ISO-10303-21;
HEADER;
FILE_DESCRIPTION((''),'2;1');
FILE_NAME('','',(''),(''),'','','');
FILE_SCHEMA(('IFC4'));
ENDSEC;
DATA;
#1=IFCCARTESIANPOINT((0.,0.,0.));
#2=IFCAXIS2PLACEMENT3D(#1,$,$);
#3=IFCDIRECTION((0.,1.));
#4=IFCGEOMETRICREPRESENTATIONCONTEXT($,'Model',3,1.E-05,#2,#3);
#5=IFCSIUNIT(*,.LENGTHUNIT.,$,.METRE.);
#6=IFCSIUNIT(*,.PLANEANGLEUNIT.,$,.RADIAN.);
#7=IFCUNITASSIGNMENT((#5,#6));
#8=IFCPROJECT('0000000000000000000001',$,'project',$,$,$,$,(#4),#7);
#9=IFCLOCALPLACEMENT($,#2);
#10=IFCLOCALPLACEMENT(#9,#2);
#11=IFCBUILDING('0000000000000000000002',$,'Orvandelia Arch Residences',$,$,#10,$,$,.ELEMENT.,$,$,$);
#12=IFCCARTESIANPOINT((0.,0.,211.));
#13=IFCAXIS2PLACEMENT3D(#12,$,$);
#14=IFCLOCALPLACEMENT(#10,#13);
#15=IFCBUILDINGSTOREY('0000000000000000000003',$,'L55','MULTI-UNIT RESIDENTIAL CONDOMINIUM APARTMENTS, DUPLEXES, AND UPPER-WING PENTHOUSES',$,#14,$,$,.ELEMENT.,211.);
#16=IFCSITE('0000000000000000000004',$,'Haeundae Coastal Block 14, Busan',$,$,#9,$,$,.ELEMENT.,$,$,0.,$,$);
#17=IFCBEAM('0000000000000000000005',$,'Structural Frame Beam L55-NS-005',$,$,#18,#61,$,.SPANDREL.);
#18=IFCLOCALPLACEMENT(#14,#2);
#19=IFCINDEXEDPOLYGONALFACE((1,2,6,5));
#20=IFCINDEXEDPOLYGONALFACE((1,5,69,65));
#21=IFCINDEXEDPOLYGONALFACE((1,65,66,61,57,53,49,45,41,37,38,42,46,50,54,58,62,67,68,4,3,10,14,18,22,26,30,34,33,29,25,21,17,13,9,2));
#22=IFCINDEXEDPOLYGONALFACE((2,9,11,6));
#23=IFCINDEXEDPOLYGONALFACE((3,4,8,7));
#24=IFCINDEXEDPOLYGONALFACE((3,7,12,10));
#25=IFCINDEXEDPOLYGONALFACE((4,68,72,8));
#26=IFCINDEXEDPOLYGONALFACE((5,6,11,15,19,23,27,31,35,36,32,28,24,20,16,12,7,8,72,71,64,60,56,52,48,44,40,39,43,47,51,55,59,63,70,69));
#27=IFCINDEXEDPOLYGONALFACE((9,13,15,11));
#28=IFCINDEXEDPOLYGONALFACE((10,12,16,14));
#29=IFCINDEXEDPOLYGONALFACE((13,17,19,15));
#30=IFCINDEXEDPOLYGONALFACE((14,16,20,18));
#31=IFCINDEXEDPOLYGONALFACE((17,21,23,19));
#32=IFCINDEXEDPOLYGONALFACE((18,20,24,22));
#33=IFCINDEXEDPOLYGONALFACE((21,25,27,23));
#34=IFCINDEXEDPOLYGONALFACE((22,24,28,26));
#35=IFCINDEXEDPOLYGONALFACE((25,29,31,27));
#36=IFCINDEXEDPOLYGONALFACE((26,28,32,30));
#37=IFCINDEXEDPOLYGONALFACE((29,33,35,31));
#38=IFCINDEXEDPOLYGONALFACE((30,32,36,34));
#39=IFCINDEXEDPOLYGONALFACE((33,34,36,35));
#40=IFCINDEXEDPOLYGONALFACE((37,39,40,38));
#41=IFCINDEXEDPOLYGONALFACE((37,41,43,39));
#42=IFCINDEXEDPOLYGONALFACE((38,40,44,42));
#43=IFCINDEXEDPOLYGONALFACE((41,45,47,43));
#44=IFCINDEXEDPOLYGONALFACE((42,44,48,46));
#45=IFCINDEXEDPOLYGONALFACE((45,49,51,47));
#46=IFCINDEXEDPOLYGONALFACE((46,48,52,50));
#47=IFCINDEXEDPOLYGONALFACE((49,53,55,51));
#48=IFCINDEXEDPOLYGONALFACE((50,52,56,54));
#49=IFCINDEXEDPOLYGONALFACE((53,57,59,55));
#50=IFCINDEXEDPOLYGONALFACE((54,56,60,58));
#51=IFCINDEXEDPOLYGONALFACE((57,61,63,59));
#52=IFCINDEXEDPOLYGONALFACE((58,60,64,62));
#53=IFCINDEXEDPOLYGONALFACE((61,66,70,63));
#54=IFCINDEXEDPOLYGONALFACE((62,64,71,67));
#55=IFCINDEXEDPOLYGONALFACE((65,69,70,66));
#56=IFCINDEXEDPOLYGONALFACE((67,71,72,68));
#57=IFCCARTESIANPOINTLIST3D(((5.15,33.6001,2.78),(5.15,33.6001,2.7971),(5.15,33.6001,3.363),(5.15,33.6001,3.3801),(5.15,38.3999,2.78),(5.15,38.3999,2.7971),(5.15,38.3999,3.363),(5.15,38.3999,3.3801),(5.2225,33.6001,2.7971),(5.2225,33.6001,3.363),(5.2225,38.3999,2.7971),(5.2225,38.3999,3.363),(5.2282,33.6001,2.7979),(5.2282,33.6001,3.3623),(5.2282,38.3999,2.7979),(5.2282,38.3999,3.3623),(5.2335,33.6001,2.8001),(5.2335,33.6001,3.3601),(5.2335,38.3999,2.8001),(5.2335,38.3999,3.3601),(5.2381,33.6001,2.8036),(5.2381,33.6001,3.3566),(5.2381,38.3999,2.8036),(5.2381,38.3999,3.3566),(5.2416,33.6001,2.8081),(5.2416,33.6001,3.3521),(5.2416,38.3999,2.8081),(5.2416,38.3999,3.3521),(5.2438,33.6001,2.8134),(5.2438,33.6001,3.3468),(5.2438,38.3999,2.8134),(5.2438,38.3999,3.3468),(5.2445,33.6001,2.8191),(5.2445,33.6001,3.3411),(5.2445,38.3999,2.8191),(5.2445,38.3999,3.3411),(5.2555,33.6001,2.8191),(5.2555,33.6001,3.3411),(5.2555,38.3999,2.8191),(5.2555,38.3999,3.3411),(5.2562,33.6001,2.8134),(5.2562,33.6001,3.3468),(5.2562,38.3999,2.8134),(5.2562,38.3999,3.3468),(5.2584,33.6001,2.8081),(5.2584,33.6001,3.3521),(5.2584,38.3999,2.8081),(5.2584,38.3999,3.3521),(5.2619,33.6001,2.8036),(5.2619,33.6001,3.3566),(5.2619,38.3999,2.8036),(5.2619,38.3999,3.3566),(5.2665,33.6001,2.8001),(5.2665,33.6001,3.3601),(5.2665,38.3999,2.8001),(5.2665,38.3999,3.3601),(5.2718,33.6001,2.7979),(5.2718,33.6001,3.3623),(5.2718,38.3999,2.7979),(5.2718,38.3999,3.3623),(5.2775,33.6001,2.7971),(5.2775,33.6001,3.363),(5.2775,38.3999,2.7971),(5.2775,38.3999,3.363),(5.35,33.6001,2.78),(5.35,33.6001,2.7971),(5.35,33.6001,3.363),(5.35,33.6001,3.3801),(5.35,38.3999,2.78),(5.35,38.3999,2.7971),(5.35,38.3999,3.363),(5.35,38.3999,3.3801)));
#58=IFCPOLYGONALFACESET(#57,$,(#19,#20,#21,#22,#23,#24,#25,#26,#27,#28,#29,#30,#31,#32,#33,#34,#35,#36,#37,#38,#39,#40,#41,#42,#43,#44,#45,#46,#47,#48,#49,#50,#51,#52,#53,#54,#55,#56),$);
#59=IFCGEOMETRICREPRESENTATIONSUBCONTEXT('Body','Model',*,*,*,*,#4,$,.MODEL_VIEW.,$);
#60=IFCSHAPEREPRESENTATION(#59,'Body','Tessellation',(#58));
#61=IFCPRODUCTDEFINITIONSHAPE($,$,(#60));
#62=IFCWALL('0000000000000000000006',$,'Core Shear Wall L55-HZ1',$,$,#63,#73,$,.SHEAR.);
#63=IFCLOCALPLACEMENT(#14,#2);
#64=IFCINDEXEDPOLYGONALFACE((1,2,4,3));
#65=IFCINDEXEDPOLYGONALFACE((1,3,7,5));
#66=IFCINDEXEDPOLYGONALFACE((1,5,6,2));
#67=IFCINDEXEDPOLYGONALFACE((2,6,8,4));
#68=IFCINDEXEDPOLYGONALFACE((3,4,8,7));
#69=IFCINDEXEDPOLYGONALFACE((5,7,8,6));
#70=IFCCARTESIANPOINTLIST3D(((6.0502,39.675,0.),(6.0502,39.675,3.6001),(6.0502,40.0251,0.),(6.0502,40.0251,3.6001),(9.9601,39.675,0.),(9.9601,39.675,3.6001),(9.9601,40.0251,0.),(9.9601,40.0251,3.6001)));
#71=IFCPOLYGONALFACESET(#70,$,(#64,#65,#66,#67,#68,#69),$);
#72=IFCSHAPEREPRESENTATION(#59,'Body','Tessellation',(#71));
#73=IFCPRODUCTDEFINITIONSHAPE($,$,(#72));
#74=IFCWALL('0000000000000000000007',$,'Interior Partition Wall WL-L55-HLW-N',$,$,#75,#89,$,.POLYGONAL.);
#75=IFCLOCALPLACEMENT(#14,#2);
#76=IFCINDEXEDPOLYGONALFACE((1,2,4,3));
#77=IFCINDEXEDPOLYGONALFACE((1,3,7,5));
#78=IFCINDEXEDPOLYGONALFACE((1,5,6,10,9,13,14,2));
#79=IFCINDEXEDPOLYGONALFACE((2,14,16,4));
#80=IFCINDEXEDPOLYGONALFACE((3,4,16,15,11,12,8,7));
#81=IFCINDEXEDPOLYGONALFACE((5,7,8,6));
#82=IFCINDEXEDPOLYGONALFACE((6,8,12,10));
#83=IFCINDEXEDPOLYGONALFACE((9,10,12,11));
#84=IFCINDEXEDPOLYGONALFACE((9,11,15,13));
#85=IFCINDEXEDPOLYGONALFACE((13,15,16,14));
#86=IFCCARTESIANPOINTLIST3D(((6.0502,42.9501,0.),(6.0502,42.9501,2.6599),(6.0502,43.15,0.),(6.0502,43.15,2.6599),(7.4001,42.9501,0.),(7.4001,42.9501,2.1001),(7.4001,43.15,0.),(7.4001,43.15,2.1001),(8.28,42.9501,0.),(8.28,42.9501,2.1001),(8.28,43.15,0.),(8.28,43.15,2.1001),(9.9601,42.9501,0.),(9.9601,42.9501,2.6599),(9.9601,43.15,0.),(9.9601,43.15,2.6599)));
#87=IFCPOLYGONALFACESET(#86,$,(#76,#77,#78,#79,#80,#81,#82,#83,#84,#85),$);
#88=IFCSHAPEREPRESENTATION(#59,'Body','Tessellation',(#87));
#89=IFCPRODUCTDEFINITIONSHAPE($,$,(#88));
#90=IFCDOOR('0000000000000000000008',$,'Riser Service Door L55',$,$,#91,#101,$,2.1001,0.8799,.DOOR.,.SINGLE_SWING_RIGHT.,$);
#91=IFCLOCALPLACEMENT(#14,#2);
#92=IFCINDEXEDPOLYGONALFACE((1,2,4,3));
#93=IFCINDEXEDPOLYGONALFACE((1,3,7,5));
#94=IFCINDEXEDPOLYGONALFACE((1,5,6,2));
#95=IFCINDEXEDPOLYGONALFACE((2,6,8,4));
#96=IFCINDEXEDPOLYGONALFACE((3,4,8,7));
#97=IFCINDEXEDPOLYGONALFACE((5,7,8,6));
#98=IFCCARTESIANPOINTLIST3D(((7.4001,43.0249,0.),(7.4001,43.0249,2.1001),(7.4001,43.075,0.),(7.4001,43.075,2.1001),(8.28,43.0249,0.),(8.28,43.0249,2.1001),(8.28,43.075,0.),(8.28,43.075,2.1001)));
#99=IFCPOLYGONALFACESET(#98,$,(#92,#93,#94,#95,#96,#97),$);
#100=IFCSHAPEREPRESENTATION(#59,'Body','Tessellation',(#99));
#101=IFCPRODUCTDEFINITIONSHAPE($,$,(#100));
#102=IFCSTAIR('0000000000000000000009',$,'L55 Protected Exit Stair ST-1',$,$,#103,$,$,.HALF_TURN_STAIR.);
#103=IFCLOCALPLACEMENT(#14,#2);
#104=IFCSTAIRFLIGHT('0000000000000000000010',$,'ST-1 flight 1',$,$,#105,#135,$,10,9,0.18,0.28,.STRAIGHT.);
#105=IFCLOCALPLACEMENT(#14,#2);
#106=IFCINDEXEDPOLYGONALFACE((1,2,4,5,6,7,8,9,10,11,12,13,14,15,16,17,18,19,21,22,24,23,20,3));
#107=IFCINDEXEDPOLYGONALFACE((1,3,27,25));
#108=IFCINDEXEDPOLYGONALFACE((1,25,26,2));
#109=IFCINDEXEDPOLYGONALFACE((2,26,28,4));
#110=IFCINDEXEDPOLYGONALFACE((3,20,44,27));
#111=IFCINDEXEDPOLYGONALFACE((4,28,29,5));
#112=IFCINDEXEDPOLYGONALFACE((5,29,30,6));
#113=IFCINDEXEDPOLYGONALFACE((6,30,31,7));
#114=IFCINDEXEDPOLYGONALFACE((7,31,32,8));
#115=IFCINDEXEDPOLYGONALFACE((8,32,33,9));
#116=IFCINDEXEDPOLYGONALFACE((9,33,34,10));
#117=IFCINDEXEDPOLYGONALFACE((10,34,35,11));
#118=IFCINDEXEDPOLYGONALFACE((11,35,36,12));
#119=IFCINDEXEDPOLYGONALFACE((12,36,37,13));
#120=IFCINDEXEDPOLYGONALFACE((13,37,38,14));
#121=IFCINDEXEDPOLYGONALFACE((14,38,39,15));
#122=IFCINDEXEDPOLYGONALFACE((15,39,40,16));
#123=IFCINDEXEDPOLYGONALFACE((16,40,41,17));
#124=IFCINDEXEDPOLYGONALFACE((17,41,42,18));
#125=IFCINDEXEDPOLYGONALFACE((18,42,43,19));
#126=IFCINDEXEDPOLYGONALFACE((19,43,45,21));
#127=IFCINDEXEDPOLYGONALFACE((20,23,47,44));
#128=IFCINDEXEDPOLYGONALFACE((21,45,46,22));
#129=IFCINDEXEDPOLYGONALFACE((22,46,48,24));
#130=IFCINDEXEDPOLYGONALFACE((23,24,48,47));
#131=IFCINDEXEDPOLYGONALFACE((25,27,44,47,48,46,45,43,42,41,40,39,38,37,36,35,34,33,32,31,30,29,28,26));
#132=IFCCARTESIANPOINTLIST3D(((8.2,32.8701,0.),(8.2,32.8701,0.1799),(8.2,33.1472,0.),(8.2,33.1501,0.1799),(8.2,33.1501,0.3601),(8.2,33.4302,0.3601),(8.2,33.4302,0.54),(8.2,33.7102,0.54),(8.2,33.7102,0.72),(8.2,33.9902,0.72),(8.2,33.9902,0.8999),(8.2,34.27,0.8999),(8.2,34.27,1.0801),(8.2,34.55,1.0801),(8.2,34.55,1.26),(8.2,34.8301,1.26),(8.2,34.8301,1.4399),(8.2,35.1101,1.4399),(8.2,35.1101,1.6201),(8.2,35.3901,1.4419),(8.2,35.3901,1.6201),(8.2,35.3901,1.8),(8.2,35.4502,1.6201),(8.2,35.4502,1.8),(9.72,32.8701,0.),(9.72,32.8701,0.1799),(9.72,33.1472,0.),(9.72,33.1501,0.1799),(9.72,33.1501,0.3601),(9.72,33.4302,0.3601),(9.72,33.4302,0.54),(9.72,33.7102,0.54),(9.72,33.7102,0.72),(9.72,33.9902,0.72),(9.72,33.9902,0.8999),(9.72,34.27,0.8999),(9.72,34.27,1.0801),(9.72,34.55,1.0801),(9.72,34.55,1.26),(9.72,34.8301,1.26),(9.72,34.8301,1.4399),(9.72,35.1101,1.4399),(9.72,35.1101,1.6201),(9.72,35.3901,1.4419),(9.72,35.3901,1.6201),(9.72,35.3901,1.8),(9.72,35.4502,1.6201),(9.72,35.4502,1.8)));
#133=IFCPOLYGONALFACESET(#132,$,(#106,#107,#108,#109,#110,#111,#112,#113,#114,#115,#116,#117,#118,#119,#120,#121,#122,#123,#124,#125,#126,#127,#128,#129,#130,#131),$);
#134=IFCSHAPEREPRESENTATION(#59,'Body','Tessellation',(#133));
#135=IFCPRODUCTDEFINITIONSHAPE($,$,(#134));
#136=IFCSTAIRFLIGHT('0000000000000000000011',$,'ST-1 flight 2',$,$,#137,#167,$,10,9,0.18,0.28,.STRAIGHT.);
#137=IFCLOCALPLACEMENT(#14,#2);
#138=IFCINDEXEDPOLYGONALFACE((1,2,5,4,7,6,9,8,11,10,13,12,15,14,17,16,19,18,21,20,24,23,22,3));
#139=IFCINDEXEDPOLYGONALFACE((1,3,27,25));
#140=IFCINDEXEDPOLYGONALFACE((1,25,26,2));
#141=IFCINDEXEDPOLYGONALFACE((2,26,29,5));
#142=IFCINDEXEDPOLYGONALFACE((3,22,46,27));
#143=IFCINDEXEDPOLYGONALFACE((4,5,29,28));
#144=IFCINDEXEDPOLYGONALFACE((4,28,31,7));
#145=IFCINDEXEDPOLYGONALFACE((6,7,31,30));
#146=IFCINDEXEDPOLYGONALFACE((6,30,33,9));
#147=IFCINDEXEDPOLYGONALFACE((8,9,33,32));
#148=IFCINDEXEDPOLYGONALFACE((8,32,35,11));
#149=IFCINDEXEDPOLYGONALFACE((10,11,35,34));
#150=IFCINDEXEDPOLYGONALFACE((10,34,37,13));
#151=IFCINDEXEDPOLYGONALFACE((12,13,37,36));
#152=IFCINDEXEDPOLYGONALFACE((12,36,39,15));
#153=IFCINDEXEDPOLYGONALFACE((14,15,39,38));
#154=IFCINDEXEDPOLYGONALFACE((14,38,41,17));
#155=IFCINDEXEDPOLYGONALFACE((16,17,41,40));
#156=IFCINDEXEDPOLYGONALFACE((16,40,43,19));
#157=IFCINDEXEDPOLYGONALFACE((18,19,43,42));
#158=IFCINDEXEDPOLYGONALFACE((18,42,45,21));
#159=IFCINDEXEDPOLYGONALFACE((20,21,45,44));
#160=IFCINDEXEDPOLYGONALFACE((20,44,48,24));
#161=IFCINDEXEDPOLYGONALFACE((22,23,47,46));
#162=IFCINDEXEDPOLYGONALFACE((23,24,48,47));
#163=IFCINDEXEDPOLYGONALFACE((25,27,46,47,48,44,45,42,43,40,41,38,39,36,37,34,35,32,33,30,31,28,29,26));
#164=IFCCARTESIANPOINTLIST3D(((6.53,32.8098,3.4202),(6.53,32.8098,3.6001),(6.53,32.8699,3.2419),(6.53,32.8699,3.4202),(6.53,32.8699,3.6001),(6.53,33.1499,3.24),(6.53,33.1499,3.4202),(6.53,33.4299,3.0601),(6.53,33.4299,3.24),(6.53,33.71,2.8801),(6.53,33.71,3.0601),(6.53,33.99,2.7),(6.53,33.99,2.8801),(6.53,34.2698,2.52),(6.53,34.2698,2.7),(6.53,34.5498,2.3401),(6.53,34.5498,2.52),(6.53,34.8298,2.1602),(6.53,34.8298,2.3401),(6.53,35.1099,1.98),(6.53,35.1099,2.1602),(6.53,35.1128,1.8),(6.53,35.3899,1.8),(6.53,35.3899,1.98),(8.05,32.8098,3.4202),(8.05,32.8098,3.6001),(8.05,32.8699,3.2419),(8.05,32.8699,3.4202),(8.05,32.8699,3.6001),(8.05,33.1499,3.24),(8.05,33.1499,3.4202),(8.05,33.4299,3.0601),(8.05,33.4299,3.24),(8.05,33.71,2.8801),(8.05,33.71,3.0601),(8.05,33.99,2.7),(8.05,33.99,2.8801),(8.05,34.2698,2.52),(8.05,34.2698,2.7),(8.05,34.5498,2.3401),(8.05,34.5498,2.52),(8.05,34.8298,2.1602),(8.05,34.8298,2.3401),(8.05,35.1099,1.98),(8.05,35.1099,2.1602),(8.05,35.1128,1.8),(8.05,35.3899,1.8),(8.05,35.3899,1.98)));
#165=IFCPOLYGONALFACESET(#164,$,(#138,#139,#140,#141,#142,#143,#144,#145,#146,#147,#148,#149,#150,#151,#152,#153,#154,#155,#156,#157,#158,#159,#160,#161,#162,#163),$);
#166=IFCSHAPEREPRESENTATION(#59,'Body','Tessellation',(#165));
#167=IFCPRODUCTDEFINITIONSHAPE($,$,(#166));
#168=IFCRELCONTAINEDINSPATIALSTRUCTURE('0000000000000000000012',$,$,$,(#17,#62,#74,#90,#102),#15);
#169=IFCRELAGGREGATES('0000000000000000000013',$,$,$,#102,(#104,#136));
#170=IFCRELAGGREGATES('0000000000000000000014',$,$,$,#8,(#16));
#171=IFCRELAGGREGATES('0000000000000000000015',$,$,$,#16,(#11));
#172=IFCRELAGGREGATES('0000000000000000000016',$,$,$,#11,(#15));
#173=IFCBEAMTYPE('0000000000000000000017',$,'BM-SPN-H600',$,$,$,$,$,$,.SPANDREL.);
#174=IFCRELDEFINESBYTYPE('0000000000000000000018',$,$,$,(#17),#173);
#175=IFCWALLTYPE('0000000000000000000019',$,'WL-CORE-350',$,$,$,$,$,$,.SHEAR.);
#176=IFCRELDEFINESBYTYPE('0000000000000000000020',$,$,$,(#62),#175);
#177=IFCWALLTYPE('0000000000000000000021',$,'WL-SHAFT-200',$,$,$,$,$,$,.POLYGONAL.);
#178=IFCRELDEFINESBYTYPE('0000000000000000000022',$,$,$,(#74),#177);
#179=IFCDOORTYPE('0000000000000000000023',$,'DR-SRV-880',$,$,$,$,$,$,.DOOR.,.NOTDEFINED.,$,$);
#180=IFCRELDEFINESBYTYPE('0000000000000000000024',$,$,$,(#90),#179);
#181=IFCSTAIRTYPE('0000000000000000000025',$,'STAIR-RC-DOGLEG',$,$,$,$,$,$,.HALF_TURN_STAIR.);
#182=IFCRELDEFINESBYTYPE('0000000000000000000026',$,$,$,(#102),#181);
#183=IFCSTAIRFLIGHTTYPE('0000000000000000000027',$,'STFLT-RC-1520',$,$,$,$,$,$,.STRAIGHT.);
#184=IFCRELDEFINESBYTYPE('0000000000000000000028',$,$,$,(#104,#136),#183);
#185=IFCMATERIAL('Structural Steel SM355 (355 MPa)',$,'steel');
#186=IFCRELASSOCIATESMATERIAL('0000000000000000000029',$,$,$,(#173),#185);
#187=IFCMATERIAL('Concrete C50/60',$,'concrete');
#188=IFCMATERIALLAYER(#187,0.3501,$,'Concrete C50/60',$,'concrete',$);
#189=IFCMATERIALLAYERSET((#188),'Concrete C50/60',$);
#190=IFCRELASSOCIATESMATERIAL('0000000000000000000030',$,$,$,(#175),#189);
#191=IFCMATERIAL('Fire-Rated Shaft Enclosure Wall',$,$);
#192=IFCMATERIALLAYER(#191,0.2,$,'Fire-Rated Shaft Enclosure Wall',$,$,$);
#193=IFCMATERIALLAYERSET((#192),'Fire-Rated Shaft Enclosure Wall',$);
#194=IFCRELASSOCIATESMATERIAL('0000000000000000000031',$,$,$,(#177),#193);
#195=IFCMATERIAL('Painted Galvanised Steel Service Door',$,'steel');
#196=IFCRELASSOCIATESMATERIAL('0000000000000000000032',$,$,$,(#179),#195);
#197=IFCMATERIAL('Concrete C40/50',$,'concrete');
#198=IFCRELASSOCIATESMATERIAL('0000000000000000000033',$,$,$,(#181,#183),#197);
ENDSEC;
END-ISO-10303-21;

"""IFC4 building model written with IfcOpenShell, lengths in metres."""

from ifc_helpers import new_model, si_unit, direction, frame, frame_2d, origin, origin_2d, place, context, subcontext, project, spatial, polyline, rectangle, i_section, outline, extrude, material, layer, layer_set, material_profile, profile_set, type_object, element, fill, aggregate, save


model = new_model("IFC4")

# Units and contexts
model_context = context("Model", 3, precision=1e-05, world=origin(), true_north=direction((0.0, 1.0)))
body_context = subcontext(model_context, "Body", "Model", "MODEL_VIEW")
ifc_project = project(units=[si_unit("LENGTHUNIT", "METRE"), si_unit("PLANEANGLEUNIT", "RADIAN")], contexts=[model_context])

# Site, building, storey
site_placement = place(None, origin())
site = spatial("IfcSite", under=ifc_project, at=site_placement, Name="Haeundae Coastal Block 14, Busan", CompositionType="ELEMENT", RefElevation=0.0)
building_placement = place(site_placement, origin())
building = spatial("IfcBuilding", under=site, at=building_placement, Name="Orvandelia Arch Residences", CompositionType="ELEMENT")
storey_placement = place(building_placement, frame((0.0, 0.0, 211.0)))
storey = spatial("IfcBuildingStorey", under=building, at=storey_placement, Name="L55", Description="MULTI-UNIT RESIDENTIAL CONDOMINIUM APARTMENTS, DUPLEXES, AND UPPER-WING PENTHOUSES", CompositionType="ELEMENT", Elevation=211.0)

# Beam
ifc_material_1 = material(Name="Structural Steel SM355 (355 MPa)", Category="steel")
ifc_material_profile_1 = material_profile(ifc_material_1, i_section(OverallWidth=0.2, OverallDepth=0.6001, WebThickness=0.011, FlangeThickness=0.0171, FilletRadius=0.022, at=origin_2d()), Name="Structural Steel SM355 (355 MPa)", Category="steel")
ifc_profile_set_1 = profile_set([ifc_material_profile_1], Name="Structural Steel SM355 (355 MPa)")
beam_type_1 = type_object("IfcBeamType", Name="BM-SPN-H600", PredefinedType="SPANDREL", material=ifc_profile_set_1)
beam_1_placement = place(storey_placement, frame((5.25, 33.6001, 3.0801), z_axis=(0.0, 1.0, 0.0), x_axis=(-1.0, 0.0, 0.0)))
element("IfcBeam", 1, at=beam_1_placement, inside=storey, type_object=beam_type_1, Name="Structural Frame Beam L55-NS-005", PredefinedType="SPANDREL", context=body_context, shape_type="SweptSolid", body=[
    extrude(i_section(OverallWidth=0.2, OverallDepth=0.6001, WebThickness=0.011, FlangeThickness=0.0171, FilletRadius=0.022, at=origin_2d()), origin(), (0.0, 0.0, 1.0), 4.7998),
])

# Wall
ifc_material_2 = material(Name="Concrete C50/60", Category="concrete")
ifc_layer_1 = layer(ifc_material_2, 0.3501, Name="Concrete C50/60", Category="concrete")
ifc_layer_set_1 = layer_set([ifc_layer_1], Name="Concrete C50/60")
wall_type_1 = type_object("IfcWallType", Name="WL-CORE-350", PredefinedType="SHEAR", material=ifc_layer_set_1)
wall_1_placement = place(storey_placement, frame((6.05, 39.8501, 0.0), z_axis=(0.0, 0.0, 1.0), x_axis=(1.0, 0.0, 0.0)))
element("IfcWall", 2, at=wall_1_placement, inside=storey, type_object=wall_type_1, Name="Core Shear Wall L55-HZ1", PredefinedType="SHEAR", context=body_context, shape_type="SweptSolid", body=[
    extrude(rectangle(XDim=3.9099, YDim=0.3501, at=frame_2d((1.9551, 0.0))), origin(), (0.0, 0.0, 1.0), 3.6001),
])

# Wall, opening, door
ifc_material_3 = material(Name="Fire-Rated Shaft Enclosure Wall")
ifc_layer_2 = layer(ifc_material_3, 0.2, Name="Fire-Rated Shaft Enclosure Wall")
ifc_layer_set_2 = layer_set([ifc_layer_2], Name="Fire-Rated Shaft Enclosure Wall")
wall_type_2 = type_object("IfcWallType", Name="WL-SHAFT-200", PredefinedType="POLYGONAL", material=ifc_layer_set_2)
wall_2_placement = place(storey_placement, frame((6.05, 43.05, 0.0), z_axis=(0.0, 0.0, 1.0), x_axis=(1.0, 0.0, 0.0)))
wall_2 = element("IfcWall", 3, at=wall_2_placement, inside=storey, type_object=wall_type_2, Name="Interior Partition Wall WL-L55-HLW-N", PredefinedType="POLYGONAL", context=body_context, shape_type="SweptSolid", body=[
    extrude(rectangle(XDim=3.9099, YDim=0.2, at=frame_2d((1.9551, 0.0))), origin(), (0.0, 0.0, 1.0), 2.6599),
])
opening_placement = place(wall_2_placement, frame((1.3501, 0.0, 0.0)))
opening = element("IfcOpeningElement", 4, at=opening_placement, cuts=wall_2, PredefinedType="OPENING", context=body_context, shape_type="SweptSolid", body=[
    extrude(rectangle(XDim=0.8799, YDim=2.1001, at=frame_2d((0.4399, 1.05))), frame((0.0, 0.1099, 0.0), z_axis=(0.0, -1.0, 0.0), x_axis=(1.0, 0.0, 0.0)), (0.0, 0.0, 1.0), 0.22),
])
ifc_material_4 = material(Name="Painted Galvanised Steel Service Door", Category="steel")
door_type = type_object("IfcDoorType", Name="DR-SRV-880", OperationType="NOTDEFINED", PredefinedType="DOOR", material=ifc_material_4)
door_placement = place(opening_placement, origin())
door = element("IfcDoor", 5, at=door_placement, inside=storey, type_object=door_type, Name="Riser Service Door L55", OperationType="SINGLE_SWING_RIGHT", OverallHeight=2.1001, OverallWidth=0.8799, PredefinedType="DOOR", context=body_context, shape_type="SweptSolid", body=[
    extrude(rectangle(XDim=0.8799, YDim=2.1001, at=frame_2d((0.4399, 1.05))), frame((0.0, 0.0249, 0.0), z_axis=(0.0, -1.0, 0.0), x_axis=(1.0, 0.0, 0.0)), (0.0, 0.0, 1.0), 0.05),
])
fill(opening, door)

# Stair, stair flights
ifc_material_5 = material(Name="Concrete C40/50", Category="concrete")
stair_type = type_object("IfcStairType", Name="STAIR-RC-DOGLEG", PredefinedType="HALF_TURN_STAIR", material=ifc_material_5)
stair_placement = place(storey_placement, origin())
stair = element("IfcStair", 6, at=stair_placement, inside=storey, type_object=stair_type, Name="L55 Protected Exit Stair ST-1", PredefinedType="HALF_TURN_STAIR")
stair_flight_type = type_object("IfcStairFlightType", Name="STFLT-RC-1520", PredefinedType="STRAIGHT", material=ifc_material_5)
stair_flight_1_placement = place(storey_placement, frame((8.96, 32.8701, 0.0), z_axis=(0.0, 0.0, 1.0), x_axis=(0.0, 1.0, 0.0)))
stair_flight_1 = element("IfcStairFlight", 7, at=stair_flight_1_placement, type_object=stair_flight_type, Name="ST-1 flight 1", NumberOfRisers=10, NumberOfTreads=9, PredefinedType="STRAIGHT", RiserHeight=0.18, TreadLength=0.28, context=body_context, shape_type="SweptSolid", body=[
    extrude(outline(polyline([(0.0, 0.0), (0.0, 0.1799), (0.28, 0.1799), (0.28, 0.3601), (0.5601, 0.3601), (0.5601, 0.54), (0.8401, 0.54), (0.8401, 0.72), (1.1201, 0.72), (1.1201, 0.8999), (1.3999, 0.8999), (1.3999, 1.0801), (1.6799, 1.0801), (1.6799, 1.26), (1.96, 1.26), (1.96, 1.4399), (2.24, 1.4399), (2.24, 1.6201), (2.52, 1.6201), (2.52, 1.8), (2.5801, 1.8), (2.5801, 1.6201), (2.52, 1.4419), (0.2771, 0.0), (0.0, 0.0)])), frame((0.0, 0.76, 0.0), z_axis=(0.0, -1.0, 0.0), x_axis=(1.0, 0.0, 0.0)), (0.0, 0.0, 1.0), 1.52),
])
stair_flight_2_placement = place(storey_placement, frame((7.29, 35.3899, 1.8), z_axis=(0.0, 0.0, 1.0), x_axis=(0.0, -1.0, 0.0)))
stair_flight_2 = element("IfcStairFlight", 8, at=stair_flight_2_placement, type_object=stair_flight_type, Name="ST-1 flight 2", NumberOfRisers=10, NumberOfTreads=9, PredefinedType="STRAIGHT", RiserHeight=0.18, TreadLength=0.28, context=body_context, shape_type="SweptSolid", body=[
    extrude(outline(polyline([(0.0, 0.0), (0.0, 0.1799), (0.28, 0.1799), (0.28, 0.3601), (0.5601, 0.3601), (0.5601, 0.54), (0.8401, 0.54), (0.8401, 0.72), (1.1201, 0.72), (1.1201, 0.8999), (1.3999, 0.8999), (1.3999, 1.0801), (1.6799, 1.0801), (1.6799, 1.26), (1.96, 1.26), (1.96, 1.4399), (2.24, 1.4399), (2.24, 1.6201), (2.52, 1.6201), (2.52, 1.8), (2.5801, 1.8), (2.5801, 1.6201), (2.52, 1.4419), (0.2771, 0.0), (0.0, 0.0)])), frame((0.0, 0.76, 0.0), z_axis=(0.0, -1.0, 0.0), x_axis=(1.0, 0.0, 0.0)), (0.0, 0.0, 1.0), 1.52),
])
aggregate(stair, [stair_flight_1, stair_flight_2])

save(model, "model.ifc")
